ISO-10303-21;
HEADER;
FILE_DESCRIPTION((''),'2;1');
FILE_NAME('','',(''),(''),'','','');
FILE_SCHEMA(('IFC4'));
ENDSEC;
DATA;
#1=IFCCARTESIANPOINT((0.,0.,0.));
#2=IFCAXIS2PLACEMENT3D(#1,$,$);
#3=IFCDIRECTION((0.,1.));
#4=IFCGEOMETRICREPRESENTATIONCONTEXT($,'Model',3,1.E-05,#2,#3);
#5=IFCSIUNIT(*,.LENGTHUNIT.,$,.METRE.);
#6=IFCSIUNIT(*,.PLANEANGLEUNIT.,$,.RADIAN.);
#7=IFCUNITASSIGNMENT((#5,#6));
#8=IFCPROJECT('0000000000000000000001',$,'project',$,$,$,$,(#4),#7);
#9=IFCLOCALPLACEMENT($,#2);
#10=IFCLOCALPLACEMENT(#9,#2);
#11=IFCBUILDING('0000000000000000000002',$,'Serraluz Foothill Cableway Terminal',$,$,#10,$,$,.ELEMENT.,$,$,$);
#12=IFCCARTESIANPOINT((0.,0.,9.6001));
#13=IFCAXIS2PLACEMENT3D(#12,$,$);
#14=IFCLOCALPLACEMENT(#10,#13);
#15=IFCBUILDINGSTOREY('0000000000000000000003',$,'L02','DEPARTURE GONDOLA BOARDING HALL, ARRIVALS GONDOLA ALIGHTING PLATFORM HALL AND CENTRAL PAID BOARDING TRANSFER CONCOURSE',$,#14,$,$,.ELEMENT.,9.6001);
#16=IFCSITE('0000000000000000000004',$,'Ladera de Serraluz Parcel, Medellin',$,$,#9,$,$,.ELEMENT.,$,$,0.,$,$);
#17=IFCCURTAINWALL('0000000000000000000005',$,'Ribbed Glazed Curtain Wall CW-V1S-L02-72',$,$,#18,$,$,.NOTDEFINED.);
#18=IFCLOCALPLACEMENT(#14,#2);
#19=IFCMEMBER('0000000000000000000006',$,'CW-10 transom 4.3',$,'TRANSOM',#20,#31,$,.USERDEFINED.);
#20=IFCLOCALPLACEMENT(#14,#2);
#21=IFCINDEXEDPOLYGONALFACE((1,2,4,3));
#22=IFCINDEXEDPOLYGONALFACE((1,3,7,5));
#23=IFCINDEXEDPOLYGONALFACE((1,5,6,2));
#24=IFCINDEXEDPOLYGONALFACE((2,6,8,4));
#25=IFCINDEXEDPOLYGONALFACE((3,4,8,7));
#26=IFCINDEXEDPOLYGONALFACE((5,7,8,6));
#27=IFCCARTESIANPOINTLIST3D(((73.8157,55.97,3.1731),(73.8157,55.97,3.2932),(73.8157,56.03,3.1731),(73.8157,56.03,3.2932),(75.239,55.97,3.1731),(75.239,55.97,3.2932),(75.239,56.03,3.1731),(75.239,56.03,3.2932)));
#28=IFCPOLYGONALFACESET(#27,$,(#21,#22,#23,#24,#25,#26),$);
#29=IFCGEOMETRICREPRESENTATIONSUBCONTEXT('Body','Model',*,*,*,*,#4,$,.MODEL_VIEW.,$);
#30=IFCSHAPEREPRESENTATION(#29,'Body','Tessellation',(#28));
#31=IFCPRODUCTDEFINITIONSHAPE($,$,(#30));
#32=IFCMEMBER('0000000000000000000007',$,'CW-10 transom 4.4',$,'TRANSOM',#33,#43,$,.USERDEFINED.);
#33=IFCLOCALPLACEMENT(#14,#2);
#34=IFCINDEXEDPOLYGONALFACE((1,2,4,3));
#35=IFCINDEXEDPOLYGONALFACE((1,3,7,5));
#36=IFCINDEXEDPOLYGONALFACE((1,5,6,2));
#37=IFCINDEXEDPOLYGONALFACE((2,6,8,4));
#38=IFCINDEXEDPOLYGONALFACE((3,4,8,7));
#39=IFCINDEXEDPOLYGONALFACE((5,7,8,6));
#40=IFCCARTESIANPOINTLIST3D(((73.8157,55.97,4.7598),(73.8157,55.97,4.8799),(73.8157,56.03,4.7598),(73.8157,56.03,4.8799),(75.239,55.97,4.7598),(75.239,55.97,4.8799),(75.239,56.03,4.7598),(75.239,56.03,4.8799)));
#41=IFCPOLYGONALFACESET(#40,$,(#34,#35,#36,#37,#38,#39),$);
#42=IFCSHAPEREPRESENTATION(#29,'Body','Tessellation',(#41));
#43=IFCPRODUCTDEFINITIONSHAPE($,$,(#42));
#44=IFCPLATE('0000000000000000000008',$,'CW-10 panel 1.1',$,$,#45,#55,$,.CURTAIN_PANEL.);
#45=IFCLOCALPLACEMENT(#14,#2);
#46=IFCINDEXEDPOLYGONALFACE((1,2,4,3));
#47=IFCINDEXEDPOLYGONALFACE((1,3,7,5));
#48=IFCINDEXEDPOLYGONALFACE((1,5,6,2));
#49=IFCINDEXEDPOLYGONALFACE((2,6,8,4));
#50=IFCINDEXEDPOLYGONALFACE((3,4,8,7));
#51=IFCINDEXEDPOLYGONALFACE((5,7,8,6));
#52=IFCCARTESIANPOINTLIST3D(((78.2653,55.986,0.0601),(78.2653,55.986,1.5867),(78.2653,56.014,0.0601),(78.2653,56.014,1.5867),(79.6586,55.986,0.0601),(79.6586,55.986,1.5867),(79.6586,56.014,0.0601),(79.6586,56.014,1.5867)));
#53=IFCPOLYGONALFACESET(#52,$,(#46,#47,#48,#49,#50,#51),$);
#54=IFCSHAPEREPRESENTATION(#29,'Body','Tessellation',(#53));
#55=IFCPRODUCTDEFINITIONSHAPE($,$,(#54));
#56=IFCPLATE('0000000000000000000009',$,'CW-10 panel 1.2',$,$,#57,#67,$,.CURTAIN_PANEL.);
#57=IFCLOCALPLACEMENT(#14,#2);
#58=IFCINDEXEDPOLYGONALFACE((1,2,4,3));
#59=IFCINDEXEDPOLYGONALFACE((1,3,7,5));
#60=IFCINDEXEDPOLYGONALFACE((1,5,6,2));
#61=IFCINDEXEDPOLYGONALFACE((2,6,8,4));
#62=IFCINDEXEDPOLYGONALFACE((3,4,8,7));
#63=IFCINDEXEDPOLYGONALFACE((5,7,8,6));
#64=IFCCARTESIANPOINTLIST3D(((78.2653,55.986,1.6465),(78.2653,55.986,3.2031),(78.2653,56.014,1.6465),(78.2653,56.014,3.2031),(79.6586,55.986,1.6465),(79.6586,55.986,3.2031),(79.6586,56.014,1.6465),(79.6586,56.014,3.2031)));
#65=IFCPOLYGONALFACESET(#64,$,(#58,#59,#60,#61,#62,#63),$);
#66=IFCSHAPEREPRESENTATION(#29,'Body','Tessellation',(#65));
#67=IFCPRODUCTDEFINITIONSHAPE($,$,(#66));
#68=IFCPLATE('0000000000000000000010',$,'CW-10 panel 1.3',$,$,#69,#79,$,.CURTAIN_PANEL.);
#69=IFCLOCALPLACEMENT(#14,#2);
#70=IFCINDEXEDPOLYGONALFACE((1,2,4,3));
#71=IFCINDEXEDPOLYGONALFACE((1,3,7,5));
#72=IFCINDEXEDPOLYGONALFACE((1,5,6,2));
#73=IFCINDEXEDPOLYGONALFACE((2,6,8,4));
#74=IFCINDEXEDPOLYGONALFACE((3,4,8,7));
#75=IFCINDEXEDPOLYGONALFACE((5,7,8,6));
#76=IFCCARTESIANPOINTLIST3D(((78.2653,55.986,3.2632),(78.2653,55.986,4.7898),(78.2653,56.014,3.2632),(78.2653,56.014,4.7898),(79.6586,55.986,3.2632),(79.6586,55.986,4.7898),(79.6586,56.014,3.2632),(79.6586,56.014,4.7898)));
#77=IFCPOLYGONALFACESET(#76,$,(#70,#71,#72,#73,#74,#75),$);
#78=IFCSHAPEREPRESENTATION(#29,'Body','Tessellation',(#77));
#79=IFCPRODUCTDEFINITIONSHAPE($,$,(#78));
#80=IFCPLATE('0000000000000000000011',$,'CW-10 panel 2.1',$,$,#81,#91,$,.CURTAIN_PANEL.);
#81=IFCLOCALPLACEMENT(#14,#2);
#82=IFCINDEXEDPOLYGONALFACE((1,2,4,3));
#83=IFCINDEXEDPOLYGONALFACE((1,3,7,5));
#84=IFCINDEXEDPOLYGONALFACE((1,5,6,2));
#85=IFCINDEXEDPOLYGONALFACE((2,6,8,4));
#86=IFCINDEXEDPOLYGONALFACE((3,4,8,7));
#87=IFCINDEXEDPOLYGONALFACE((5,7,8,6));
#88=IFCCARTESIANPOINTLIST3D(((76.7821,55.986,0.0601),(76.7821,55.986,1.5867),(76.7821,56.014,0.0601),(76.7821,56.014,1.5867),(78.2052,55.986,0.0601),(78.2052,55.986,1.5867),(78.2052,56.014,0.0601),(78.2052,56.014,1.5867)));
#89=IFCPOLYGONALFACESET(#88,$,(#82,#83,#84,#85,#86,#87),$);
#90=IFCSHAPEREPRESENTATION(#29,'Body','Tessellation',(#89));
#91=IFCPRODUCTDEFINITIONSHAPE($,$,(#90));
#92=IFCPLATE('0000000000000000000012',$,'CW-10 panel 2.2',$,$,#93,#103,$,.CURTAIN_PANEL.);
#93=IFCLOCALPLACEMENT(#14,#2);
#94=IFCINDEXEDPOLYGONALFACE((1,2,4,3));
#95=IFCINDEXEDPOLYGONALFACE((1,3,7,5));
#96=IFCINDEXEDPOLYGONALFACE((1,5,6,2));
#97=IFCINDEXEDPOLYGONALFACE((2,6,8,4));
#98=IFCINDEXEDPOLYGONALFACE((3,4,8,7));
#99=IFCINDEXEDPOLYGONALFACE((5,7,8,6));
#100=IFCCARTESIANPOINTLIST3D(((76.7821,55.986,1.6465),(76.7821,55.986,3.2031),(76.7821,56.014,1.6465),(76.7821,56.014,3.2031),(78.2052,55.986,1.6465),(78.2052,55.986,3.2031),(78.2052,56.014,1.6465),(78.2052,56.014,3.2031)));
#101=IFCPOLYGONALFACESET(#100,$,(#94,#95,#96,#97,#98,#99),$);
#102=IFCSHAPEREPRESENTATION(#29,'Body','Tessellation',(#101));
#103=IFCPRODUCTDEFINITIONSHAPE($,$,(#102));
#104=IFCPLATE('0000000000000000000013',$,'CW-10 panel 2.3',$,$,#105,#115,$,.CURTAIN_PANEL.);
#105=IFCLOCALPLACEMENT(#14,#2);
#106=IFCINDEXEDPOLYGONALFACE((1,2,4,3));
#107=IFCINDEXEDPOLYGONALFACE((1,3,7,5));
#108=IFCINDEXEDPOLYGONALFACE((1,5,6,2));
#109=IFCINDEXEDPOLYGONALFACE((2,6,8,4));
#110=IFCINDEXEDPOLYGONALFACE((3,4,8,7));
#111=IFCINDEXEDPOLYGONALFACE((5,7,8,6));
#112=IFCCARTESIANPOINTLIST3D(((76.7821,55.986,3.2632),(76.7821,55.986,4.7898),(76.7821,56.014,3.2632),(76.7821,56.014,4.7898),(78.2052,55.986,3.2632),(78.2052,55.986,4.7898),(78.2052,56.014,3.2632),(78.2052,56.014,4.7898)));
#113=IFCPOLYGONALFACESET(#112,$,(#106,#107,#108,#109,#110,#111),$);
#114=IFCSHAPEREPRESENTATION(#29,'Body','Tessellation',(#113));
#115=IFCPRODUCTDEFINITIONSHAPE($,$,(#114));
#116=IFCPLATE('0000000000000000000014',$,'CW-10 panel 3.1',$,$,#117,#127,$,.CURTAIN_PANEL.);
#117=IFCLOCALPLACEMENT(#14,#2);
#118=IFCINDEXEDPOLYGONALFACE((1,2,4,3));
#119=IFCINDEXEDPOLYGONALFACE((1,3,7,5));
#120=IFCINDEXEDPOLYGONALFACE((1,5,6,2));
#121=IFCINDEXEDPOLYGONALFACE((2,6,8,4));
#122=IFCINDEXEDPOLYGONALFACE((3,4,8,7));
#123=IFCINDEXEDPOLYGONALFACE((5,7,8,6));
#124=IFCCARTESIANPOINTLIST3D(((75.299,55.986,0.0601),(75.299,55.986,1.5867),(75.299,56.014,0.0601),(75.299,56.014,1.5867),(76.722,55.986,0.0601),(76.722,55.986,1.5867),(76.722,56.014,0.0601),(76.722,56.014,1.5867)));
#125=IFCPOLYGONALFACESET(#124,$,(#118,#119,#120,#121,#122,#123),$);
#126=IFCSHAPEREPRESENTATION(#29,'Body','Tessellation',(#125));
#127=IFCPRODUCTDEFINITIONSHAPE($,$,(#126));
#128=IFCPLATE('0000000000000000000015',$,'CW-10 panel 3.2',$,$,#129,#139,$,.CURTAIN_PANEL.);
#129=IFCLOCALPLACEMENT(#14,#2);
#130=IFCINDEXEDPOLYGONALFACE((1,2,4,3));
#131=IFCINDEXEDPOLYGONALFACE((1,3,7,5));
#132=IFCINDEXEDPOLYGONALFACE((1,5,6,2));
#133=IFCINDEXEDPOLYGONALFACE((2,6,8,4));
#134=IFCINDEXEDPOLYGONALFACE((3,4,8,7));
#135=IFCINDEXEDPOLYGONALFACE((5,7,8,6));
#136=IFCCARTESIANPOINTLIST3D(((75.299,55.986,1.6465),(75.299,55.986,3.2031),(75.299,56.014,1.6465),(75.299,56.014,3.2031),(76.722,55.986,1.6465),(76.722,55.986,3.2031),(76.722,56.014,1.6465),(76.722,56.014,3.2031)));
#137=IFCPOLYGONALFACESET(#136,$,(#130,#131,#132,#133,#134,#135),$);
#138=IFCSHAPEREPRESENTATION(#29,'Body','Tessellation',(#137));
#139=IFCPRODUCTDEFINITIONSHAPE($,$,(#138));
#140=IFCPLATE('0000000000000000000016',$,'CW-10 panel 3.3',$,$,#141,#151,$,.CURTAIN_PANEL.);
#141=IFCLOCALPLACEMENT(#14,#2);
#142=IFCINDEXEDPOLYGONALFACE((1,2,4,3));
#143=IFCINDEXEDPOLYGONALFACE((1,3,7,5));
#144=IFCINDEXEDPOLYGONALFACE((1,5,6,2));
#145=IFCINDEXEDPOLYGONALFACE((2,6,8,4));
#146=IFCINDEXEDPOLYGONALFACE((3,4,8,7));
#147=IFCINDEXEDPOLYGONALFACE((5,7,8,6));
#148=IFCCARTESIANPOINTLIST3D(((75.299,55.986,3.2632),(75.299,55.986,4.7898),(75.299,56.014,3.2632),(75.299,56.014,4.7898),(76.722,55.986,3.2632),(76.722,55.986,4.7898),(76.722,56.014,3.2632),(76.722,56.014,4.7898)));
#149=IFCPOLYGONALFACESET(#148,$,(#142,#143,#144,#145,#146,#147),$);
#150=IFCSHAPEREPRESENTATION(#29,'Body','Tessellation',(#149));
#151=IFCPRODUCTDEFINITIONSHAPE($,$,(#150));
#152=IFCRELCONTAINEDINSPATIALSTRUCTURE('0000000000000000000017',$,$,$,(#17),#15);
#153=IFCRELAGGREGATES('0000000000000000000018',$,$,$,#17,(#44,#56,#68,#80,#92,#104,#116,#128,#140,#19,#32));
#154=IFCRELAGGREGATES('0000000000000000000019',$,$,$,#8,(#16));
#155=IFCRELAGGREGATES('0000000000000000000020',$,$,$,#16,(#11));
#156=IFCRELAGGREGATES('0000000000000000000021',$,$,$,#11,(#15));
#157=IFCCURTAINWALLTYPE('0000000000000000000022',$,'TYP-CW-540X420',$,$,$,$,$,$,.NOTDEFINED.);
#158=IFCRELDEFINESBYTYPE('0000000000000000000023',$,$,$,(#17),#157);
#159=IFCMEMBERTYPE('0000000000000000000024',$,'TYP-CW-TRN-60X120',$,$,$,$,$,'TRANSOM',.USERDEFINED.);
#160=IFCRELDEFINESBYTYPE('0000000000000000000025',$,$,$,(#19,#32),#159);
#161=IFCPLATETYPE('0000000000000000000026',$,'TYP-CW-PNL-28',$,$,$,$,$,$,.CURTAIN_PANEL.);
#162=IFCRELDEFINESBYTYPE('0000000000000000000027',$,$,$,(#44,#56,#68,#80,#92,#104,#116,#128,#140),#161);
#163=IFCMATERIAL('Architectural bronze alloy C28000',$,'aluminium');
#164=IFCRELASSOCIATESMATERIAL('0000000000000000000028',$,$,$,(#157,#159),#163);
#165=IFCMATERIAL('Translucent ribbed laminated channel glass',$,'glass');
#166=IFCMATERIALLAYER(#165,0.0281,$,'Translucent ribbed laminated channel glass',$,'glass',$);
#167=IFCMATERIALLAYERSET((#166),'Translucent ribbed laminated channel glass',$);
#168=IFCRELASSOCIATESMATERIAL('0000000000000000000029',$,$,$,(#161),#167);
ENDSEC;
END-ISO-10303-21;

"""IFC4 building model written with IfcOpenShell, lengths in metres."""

from ifc_helpers import new_model, si_unit, direction, frame, origin, origin_2d, place, context, subcontext, project, spatial, rectangle, extrude, material, layer, layer_set, material_profile, profile_set, type_object, element, aggregate, save


model = new_model("IFC4")

# Units and contexts
model_context = context("Model", 3, precision=1e-05, world=origin(), true_north=direction((0.0, 1.0)))
body_context = subcontext(model_context, "Body", "Model", "MODEL_VIEW")
ifc_project = project(units=[si_unit("LENGTHUNIT", "METRE"), si_unit("PLANEANGLEUNIT", "RADIAN")], contexts=[model_context])

# Site, building, storey
site_placement = place(None, origin())
site = spatial("IfcSite", under=ifc_project, at=site_placement, Name="Ladera de Serraluz Parcel, Medellin", CompositionType="ELEMENT", RefElevation=0.0)
building_placement = place(site_placement, origin())
building = spatial("IfcBuilding", under=site, at=building_placement, Name="Serraluz Foothill Cableway Terminal", CompositionType="ELEMENT")
storey_placement = place(building_placement, frame((0.0, 0.0, 9.6001)))
storey = spatial("IfcBuildingStorey", under=building, at=storey_placement, Name="L02", Description="DEPARTURE GONDOLA BOARDING HALL, ARRIVALS GONDOLA ALIGHTING PLATFORM HALL AND CENTRAL PAID BOARDING TRANSFER CONCOURSE", CompositionType="ELEMENT", Elevation=9.6001)

# Curtain wall, members, plates
ifc_material_1 = material(Name="Architectural bronze alloy C28000", Category="aluminium")
curtain_wall_type = type_object("IfcCurtainWallType", Name="TYP-CW-540X420", PredefinedType="NOTDEFINED", material=ifc_material_1)
curtain_wall_placement = place(storey_placement, origin())
curtain_wall = element("IfcCurtainWall", 1, at=curtain_wall_placement, inside=storey, type_object=curtain_wall_type, Name="Ribbed Glazed Curtain Wall CW-V1S-L02-72", PredefinedType="NOTDEFINED")
ifc_material_profile_1 = material_profile(ifc_material_1, rectangle(XDim=0.0601, YDim=0.1201, at=origin_2d()), Name="ALU TRANSOM 60x120")
ifc_profile_set_1 = profile_set([ifc_material_profile_1], Name="Architectural bronze alloy C28000")
member_type_1 = type_object("IfcMemberType", Name="TYP-CW-TRN-60X120", ElementType="TRANSOM", PredefinedType="USERDEFINED", material=ifc_profile_set_1)
member_1_placement = place(storey_placement, frame((75.239, 56.0, 3.2332), z_axis=(-1.0, 0.0, 0.0), x_axis=(0.0, -1.0, 0.0)))
member_1 = element("IfcMember", 2, at=member_1_placement, type_object=member_type_1, Name="CW-10 transom 4.3", ObjectType="TRANSOM", PredefinedType="USERDEFINED", context=body_context, shape_type="SweptSolid", body=[
    extrude(rectangle(XDim=0.0601, YDim=0.1201, at=origin_2d()), origin(), (0.0, 0.0, 1.0), 1.4233),
])
member_2_placement = place(storey_placement, frame((75.239, 56.0, 4.8198), z_axis=(-1.0, 0.0, 0.0), x_axis=(0.0, -1.0, 0.0)))
member_2 = element("IfcMember", 3, at=member_2_placement, type_object=member_type_1, Name="CW-10 transom 4.4", ObjectType="TRANSOM", PredefinedType="USERDEFINED", context=body_context, shape_type="SweptSolid", body=[
    extrude(rectangle(XDim=0.0601, YDim=0.1201, at=origin_2d()), origin(), (0.0, 0.0, 1.0), 1.4233),
])
ifc_material_2 = material(Name="Translucent ribbed laminated channel glass", Category="glass")
ifc_layer = layer(ifc_material_2, 0.0281, Name="Translucent ribbed laminated channel glass", Category="glass")
ifc_layer_set = layer_set([ifc_layer], Name="Translucent ribbed laminated channel glass")
plate_type = type_object("IfcPlateType", Name="TYP-CW-PNL-28", PredefinedType="CURTAIN_PANEL", material=ifc_layer_set)
plate_1_placement = place(storey_placement, frame((78.9619, 56.0, 0.0601), z_axis=(0.0, 0.0, 1.0), x_axis=(-1.0, 0.0, 0.0)))
plate_1 = element("IfcPlate", 4, at=plate_1_placement, type_object=plate_type, Name="CW-10 panel 1.1", PredefinedType="CURTAIN_PANEL", context=body_context, shape_type="SweptSolid", body=[
    extrude(rectangle(XDim=1.3933, YDim=0.0281, at=origin_2d()), origin(), (0.0, 0.0, 1.0), 1.5266),
])
plate_2_placement = place(storey_placement, frame((78.9619, 56.0, 1.6465), z_axis=(0.0, 0.0, 1.0), x_axis=(-1.0, 0.0, 0.0)))
plate_2 = element("IfcPlate", 5, at=plate_2_placement, type_object=plate_type, Name="CW-10 panel 1.2", PredefinedType="CURTAIN_PANEL", context=body_context, shape_type="SweptSolid", body=[
    extrude(rectangle(XDim=1.3933, YDim=0.0281, at=origin_2d()), origin(), (0.0, 0.0, 1.0), 1.5566),
])
plate_3_placement = place(storey_placement, frame((78.9619, 56.0, 3.2632), z_axis=(0.0, 0.0, 1.0), x_axis=(-1.0, 0.0, 0.0)))
plate_3 = element("IfcPlate", 6, at=plate_3_placement, type_object=plate_type, Name="CW-10 panel 1.3", PredefinedType="CURTAIN_PANEL", context=body_context, shape_type="SweptSolid", body=[
    extrude(rectangle(XDim=1.3933, YDim=0.0281, at=origin_2d()), origin(), (0.0, 0.0, 1.0), 1.5266),
])
plate_4_placement = place(storey_placement, frame((77.4937, 56.0, 0.0601), z_axis=(0.0, 0.0, 1.0), x_axis=(-1.0, 0.0, 0.0)))
plate_4 = element("IfcPlate", 7, at=plate_4_placement, type_object=plate_type, Name="CW-10 panel 2.1", PredefinedType="CURTAIN_PANEL", context=body_context, shape_type="SweptSolid", body=[
    extrude(rectangle(XDim=1.4231, YDim=0.0281, at=origin_2d()), origin(), (0.0, 0.0, 1.0), 1.5266),
])
plate_5_placement = place(storey_placement, frame((77.4937, 56.0, 1.6465), z_axis=(0.0, 0.0, 1.0), x_axis=(-1.0, 0.0, 0.0)))
plate_5 = element("IfcPlate", 8, at=plate_5_placement, type_object=plate_type, Name="CW-10 panel 2.2", PredefinedType="CURTAIN_PANEL", context=body_context, shape_type="SweptSolid", body=[
    extrude(rectangle(XDim=1.4231, YDim=0.0281, at=origin_2d()), origin(), (0.0, 0.0, 1.0), 1.5566),
])
plate_6_placement = place(storey_placement, frame((77.4937, 56.0, 3.2632), z_axis=(0.0, 0.0, 1.0), x_axis=(-1.0, 0.0, 0.0)))
plate_6 = element("IfcPlate", 9, at=plate_6_placement, type_object=plate_type, Name="CW-10 panel 2.3", PredefinedType="CURTAIN_PANEL", context=body_context, shape_type="SweptSolid", body=[
    extrude(rectangle(XDim=1.4231, YDim=0.0281, at=origin_2d()), origin(), (0.0, 0.0, 1.0), 1.5266),
])
plate_7_placement = place(storey_placement, frame((76.0105, 56.0, 0.0601), z_axis=(0.0, 0.0, 1.0), x_axis=(-1.0, 0.0, 0.0)))
plate_7 = element("IfcPlate", 10, at=plate_7_placement, type_object=plate_type, Name="CW-10 panel 3.1", PredefinedType="CURTAIN_PANEL", context=body_context, shape_type="SweptSolid", body=[
    extrude(rectangle(XDim=1.4231, YDim=0.0281, at=origin_2d()), origin(), (0.0, 0.0, 1.0), 1.5266),
])
plate_8_placement = place(storey_placement, frame((76.0105, 56.0, 1.6465), z_axis=(0.0, 0.0, 1.0), x_axis=(-1.0, 0.0, 0.0)))
plate_8 = element("IfcPlate", 11, at=plate_8_placement, type_object=plate_type, Name="CW-10 panel 3.2", PredefinedType="CURTAIN_PANEL", context=body_context, shape_type="SweptSolid", body=[
    extrude(rectangle(XDim=1.4231, YDim=0.0281, at=origin_2d()), origin(), (0.0, 0.0, 1.0), 1.5566),
])
plate_9_placement = place(storey_placement, frame((76.0105, 56.0, 3.2632), z_axis=(0.0, 0.0, 1.0), x_axis=(-1.0, 0.0, 0.0)))
plate_9 = element("IfcPlate", 12, at=plate_9_placement, type_object=plate_type, Name="CW-10 panel 3.3", PredefinedType="CURTAIN_PANEL", context=body_context, shape_type="SweptSolid", body=[
    extrude(rectangle(XDim=1.4231, YDim=0.0281, at=origin_2d()), origin(), (0.0, 0.0, 1.0), 1.5266),
])
aggregate(curtain_wall, [plate_1, plate_2, plate_3, plate_4, plate_5, plate_6, plate_7, plate_8, plate_9, member_1, member_2])

save(model, "model.ifc")
